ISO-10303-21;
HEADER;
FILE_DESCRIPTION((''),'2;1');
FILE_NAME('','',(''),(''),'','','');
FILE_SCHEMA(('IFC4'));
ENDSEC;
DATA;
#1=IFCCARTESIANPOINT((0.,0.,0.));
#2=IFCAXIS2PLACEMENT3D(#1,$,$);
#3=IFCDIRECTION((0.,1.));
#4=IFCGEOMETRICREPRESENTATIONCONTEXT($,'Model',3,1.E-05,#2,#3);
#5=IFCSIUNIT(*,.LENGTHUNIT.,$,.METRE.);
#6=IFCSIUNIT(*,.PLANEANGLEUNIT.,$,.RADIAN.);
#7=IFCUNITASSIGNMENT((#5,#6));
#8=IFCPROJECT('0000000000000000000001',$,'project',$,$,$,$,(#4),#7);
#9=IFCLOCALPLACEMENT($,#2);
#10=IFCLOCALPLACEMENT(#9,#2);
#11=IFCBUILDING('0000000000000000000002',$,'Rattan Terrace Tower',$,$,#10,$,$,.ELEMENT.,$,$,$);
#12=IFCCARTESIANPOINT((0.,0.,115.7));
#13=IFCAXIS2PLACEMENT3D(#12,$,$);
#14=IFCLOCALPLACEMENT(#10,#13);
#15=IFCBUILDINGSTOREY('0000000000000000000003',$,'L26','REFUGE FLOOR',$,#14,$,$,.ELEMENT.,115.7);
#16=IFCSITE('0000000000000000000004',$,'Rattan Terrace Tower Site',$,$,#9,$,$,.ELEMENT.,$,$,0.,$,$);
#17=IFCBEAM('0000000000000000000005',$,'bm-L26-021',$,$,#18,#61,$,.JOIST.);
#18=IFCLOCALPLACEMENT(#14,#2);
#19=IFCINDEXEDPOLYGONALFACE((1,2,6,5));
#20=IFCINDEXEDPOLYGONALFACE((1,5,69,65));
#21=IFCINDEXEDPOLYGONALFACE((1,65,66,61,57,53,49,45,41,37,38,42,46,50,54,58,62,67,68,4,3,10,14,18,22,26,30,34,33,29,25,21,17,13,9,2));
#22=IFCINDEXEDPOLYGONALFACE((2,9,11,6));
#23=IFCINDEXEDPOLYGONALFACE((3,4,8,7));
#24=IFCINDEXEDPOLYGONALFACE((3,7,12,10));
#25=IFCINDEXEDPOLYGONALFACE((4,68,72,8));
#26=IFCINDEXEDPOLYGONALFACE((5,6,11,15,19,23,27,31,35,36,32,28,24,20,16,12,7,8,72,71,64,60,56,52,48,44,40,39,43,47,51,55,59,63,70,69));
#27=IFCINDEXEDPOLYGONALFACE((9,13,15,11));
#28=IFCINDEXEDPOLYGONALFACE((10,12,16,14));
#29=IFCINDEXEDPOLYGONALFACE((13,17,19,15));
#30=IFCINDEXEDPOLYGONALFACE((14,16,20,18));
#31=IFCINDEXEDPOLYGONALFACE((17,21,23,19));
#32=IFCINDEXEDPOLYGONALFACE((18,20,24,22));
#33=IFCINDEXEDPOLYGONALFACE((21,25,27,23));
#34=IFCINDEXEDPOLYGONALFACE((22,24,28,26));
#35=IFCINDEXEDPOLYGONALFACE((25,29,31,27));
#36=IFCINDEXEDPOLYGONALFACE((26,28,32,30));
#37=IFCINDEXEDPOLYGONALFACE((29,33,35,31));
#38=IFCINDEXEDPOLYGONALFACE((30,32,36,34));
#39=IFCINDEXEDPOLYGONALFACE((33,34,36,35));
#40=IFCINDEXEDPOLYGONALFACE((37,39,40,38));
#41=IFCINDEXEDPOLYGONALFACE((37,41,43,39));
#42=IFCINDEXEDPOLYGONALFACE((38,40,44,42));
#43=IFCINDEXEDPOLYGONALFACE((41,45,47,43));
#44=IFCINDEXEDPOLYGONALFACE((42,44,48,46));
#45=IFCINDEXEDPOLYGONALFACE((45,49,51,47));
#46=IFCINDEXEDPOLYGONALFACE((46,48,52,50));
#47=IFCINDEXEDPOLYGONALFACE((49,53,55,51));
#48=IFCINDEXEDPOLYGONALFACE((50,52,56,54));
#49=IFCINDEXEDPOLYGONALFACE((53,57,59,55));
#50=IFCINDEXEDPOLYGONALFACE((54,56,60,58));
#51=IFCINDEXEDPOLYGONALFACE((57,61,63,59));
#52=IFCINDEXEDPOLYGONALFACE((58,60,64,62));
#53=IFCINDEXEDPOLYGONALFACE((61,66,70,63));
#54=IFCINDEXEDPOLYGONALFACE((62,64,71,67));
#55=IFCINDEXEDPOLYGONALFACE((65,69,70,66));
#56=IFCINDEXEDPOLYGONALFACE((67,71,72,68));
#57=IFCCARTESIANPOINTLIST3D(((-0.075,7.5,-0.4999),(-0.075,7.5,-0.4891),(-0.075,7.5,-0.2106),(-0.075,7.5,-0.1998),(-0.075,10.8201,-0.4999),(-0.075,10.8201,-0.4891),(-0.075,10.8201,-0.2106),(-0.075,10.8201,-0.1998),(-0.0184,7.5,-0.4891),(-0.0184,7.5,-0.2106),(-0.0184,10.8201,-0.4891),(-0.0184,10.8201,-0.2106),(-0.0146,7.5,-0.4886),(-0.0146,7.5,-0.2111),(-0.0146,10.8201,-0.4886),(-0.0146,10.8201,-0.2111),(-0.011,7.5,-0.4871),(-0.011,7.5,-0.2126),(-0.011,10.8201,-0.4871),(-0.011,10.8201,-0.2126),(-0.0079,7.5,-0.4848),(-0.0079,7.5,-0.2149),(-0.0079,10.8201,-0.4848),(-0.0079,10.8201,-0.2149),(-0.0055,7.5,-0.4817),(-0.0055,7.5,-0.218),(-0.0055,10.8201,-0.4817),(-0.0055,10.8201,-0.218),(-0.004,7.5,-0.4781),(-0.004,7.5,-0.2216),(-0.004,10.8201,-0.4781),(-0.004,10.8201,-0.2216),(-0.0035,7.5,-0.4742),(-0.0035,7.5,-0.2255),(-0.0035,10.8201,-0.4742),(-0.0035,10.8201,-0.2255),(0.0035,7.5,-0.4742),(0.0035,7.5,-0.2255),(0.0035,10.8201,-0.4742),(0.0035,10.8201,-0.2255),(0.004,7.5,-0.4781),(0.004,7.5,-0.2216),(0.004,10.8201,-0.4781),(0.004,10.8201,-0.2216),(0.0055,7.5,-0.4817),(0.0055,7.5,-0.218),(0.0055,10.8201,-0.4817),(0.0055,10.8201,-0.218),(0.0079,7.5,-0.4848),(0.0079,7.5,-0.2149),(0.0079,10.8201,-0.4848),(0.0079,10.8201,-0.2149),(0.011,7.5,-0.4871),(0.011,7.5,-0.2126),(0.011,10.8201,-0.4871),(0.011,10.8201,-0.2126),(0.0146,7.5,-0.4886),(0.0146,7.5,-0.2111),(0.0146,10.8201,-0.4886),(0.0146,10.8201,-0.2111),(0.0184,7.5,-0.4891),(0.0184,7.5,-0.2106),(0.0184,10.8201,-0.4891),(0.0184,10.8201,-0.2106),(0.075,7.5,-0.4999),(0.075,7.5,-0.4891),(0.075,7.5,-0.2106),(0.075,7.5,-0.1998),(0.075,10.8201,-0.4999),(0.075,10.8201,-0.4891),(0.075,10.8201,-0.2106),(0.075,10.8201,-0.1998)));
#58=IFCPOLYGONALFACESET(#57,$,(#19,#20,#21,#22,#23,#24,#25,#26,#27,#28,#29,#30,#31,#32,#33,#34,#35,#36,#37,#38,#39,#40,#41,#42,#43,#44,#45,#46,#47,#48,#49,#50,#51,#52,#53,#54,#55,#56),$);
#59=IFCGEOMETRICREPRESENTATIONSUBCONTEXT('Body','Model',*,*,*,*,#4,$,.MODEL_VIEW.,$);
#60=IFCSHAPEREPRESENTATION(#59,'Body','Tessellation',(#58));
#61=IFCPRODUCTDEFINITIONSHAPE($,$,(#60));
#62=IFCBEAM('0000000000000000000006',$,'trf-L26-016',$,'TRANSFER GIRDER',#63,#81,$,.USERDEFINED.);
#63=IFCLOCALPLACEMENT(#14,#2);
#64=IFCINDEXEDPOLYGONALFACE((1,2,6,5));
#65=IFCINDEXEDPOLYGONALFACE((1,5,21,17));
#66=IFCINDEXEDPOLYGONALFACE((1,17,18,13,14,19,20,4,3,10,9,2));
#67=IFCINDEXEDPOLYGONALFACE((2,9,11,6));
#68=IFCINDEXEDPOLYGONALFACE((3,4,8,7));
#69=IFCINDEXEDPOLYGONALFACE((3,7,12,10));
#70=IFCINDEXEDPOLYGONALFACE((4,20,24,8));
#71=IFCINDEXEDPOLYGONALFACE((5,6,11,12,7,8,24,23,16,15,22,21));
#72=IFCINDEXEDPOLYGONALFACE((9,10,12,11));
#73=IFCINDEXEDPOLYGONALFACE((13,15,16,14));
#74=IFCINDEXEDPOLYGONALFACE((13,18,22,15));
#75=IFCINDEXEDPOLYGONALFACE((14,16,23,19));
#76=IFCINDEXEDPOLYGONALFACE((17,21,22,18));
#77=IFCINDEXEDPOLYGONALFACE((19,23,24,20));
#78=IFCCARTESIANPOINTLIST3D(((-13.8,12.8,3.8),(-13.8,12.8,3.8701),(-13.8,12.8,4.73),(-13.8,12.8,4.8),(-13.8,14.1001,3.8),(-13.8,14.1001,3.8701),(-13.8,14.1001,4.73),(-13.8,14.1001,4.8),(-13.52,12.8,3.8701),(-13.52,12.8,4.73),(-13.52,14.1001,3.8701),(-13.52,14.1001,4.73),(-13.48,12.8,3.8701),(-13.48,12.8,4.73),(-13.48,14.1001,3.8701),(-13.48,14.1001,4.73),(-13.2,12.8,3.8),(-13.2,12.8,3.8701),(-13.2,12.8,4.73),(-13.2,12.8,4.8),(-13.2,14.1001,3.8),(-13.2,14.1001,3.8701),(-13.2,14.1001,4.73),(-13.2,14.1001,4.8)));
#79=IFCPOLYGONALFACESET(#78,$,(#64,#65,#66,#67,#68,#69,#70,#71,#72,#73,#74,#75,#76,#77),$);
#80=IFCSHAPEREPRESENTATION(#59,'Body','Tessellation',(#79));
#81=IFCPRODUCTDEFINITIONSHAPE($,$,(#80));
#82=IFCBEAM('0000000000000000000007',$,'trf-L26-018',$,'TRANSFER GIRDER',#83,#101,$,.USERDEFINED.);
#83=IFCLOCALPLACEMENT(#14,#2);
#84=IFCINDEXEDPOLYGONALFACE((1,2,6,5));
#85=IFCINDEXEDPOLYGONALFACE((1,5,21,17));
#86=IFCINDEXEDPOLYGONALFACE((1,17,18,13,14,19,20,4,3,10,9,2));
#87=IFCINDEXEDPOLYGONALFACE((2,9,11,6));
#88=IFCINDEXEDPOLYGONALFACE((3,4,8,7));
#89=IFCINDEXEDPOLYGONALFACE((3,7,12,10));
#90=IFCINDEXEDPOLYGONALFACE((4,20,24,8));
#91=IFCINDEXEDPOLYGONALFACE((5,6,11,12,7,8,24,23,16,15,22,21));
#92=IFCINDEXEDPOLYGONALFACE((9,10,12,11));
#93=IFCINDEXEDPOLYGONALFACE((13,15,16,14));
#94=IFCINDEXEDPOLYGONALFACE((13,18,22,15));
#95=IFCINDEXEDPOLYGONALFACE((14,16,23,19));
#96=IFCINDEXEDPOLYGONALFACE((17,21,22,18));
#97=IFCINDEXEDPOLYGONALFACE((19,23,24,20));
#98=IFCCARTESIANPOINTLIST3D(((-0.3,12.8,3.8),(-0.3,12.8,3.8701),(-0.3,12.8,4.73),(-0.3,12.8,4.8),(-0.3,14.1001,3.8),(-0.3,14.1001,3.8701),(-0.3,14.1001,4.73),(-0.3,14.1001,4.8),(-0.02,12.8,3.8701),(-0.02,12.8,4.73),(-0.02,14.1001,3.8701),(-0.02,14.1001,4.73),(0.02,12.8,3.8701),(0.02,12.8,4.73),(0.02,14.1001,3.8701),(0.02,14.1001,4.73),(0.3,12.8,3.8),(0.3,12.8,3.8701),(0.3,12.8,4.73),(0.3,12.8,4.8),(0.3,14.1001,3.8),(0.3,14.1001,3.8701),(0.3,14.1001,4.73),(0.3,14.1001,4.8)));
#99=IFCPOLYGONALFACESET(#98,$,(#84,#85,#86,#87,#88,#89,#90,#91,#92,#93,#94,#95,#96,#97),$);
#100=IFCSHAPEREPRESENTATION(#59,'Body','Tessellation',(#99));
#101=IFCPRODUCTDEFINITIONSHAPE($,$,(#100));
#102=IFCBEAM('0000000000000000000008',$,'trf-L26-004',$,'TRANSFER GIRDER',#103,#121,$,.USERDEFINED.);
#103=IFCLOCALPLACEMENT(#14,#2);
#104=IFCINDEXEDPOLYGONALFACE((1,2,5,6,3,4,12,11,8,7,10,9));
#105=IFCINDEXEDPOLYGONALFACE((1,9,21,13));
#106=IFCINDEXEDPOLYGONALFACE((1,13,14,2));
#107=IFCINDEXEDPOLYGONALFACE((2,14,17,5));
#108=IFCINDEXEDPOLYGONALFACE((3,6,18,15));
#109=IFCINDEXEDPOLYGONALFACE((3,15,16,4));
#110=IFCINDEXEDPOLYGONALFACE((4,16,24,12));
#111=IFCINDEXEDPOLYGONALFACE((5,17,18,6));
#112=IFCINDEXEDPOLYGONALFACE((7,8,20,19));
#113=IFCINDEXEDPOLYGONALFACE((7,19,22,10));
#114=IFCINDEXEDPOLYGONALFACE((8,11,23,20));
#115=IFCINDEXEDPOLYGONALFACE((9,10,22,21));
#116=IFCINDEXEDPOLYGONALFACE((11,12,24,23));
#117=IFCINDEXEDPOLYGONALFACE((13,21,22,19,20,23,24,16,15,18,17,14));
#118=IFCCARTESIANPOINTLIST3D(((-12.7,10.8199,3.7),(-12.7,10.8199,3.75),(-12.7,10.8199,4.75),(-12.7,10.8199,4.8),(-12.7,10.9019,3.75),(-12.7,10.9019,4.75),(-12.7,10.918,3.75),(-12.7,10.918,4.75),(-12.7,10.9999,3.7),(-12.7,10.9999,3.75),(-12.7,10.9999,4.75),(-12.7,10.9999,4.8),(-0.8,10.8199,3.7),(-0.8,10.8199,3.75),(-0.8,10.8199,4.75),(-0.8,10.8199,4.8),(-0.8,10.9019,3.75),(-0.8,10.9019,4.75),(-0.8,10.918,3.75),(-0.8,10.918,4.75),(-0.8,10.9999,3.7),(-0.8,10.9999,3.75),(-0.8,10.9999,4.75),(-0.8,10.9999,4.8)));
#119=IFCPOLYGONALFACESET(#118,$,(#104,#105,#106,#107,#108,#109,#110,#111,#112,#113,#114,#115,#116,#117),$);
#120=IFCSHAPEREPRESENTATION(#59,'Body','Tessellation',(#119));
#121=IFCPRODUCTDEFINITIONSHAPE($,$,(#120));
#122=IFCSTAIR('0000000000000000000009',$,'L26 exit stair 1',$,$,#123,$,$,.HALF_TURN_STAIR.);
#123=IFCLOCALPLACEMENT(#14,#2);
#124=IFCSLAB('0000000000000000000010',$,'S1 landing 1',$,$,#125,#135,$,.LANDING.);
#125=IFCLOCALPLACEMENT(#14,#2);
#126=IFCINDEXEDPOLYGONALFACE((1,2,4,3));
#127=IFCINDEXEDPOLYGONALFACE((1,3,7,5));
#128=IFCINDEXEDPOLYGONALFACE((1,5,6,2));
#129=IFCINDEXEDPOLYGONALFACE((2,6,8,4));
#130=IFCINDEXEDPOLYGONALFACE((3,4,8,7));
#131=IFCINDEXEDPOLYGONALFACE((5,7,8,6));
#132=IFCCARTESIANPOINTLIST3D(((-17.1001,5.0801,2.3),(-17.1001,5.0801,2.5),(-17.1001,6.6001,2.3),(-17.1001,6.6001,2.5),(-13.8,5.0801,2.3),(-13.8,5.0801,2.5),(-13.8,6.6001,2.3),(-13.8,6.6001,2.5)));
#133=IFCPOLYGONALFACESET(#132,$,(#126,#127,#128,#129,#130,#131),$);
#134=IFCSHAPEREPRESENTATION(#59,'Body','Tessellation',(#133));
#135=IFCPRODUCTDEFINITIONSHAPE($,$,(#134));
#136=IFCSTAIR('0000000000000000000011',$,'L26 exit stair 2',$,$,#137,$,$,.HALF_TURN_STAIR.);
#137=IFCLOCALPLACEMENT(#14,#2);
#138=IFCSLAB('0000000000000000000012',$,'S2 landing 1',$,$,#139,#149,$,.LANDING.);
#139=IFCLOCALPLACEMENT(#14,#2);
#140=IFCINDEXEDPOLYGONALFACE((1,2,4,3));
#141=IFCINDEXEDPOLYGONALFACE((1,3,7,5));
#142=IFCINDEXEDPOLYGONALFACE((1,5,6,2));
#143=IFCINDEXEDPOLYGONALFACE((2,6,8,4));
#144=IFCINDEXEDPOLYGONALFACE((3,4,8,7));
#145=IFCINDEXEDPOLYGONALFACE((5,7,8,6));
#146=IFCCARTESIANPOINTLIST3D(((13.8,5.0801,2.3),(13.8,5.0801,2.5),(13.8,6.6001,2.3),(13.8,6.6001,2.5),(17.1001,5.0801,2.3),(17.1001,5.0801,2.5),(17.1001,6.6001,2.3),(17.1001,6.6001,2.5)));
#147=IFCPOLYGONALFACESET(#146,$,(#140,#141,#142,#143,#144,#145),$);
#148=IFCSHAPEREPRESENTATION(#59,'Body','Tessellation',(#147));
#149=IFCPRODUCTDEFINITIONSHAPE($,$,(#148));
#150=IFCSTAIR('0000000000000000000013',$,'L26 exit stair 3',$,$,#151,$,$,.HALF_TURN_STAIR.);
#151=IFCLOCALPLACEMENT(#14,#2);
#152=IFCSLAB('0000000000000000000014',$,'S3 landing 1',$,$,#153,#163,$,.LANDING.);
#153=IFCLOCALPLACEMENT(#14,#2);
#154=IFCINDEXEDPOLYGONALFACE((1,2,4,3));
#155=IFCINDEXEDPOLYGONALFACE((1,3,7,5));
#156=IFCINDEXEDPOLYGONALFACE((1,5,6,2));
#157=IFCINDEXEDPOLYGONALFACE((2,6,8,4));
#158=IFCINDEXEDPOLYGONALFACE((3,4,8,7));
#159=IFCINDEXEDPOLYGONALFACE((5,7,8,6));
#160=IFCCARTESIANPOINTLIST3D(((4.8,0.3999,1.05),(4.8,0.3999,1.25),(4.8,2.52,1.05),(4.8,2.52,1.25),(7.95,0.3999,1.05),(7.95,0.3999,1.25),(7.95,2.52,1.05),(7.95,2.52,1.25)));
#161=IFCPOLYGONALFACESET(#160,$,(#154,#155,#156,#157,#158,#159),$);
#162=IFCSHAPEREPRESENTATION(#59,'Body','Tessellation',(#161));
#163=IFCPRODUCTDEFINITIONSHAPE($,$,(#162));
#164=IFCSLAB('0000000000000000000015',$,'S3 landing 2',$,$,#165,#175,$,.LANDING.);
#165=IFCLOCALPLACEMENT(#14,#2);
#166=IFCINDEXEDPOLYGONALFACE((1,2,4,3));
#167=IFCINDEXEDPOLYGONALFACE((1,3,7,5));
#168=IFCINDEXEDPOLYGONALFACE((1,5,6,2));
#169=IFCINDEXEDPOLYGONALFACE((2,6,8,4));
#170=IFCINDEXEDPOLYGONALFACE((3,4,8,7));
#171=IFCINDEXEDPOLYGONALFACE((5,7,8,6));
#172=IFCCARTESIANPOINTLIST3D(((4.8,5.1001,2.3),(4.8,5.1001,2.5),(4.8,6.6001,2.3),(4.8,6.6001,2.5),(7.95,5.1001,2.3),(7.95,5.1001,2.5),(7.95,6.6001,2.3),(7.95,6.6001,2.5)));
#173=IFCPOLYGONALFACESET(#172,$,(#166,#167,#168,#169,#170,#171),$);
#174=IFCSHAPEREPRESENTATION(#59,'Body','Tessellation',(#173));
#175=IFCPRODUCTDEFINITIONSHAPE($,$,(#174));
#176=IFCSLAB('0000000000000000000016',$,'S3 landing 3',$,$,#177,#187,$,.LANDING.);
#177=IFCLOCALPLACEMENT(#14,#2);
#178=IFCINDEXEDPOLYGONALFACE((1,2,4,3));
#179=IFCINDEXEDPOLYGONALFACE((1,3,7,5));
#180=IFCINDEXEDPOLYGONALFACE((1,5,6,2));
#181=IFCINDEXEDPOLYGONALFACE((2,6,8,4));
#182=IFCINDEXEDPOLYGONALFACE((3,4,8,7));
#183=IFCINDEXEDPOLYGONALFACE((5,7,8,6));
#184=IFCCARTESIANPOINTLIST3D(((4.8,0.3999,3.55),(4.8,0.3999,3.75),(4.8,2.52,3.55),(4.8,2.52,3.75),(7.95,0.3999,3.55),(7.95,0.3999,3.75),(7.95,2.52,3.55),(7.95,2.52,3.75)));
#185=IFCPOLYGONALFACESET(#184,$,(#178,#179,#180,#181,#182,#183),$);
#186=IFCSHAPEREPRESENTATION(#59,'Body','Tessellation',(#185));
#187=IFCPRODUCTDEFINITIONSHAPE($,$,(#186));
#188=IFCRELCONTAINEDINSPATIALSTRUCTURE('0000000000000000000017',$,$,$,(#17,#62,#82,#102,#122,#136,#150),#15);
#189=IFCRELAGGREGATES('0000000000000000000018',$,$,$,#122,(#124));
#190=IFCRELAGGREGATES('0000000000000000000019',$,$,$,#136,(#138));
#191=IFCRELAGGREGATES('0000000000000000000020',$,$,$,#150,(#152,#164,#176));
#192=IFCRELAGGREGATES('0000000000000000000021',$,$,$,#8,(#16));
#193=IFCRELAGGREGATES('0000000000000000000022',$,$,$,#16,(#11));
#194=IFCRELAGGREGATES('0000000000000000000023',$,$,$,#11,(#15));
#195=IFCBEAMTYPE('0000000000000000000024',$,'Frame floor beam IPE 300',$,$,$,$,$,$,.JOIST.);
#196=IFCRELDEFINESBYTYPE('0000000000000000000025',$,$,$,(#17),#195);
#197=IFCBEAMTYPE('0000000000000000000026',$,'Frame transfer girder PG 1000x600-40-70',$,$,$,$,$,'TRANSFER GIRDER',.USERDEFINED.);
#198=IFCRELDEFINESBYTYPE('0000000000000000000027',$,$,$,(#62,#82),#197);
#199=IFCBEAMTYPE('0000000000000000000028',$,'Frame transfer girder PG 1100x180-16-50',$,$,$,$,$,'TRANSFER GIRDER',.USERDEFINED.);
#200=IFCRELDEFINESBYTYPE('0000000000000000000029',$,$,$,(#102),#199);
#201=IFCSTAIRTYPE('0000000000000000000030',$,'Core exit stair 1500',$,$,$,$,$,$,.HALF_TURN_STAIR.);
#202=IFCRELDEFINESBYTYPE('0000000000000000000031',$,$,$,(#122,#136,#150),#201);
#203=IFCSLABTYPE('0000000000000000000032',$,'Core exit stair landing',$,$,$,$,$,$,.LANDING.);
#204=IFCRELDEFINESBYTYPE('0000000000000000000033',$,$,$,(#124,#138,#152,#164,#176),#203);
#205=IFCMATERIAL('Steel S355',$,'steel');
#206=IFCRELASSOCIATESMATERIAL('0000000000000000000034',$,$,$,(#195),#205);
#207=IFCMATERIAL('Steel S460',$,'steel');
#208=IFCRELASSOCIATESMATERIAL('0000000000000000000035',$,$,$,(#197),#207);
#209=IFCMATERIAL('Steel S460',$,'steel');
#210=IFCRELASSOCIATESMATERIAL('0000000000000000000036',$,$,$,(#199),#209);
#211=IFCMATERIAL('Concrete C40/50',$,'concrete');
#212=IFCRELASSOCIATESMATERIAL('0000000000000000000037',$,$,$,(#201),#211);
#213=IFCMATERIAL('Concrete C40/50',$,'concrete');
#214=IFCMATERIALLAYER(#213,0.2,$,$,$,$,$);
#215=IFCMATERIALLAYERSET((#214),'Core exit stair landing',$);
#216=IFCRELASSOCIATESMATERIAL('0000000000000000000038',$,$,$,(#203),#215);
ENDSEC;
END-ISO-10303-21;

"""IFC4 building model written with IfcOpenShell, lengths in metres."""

from ifc_helpers import new_model, si_unit, direction, frame, origin, origin_2d, place, context, subcontext, project, spatial, polyline, i_section, outline, extrude, material, layer, layer_set, material_profile, profile_set, type_object, element, aggregate, save


model = new_model("IFC4")

# Units and contexts
model_context = context("Model", 3, precision=1e-05, world=origin(), true_north=direction((0.0, 1.0)))
body_context = subcontext(model_context, "Body", "Model", "MODEL_VIEW")
ifc_project = project(units=[si_unit("LENGTHUNIT", "METRE"), si_unit("PLANEANGLEUNIT", "RADIAN")], contexts=[model_context])

# Site, building, storey
site_placement = place(None, origin())
site = spatial("IfcSite", under=ifc_project, at=site_placement, Name="Rattan Terrace Tower Site", CompositionType="ELEMENT", RefElevation=0.0)
building_placement = place(site_placement, origin())
building = spatial("IfcBuilding", under=site, at=building_placement, Name="Rattan Terrace Tower", CompositionType="ELEMENT")
storey_placement = place(building_placement, frame((0.0, 0.0, 115.7)))
storey = spatial("IfcBuildingStorey", under=building, at=storey_placement, Name="L26", Description="REFUGE FLOOR", CompositionType="ELEMENT", Elevation=115.7)

# Beams
ifc_material_1 = material(Name="Steel S355", Category="steel")
ifc_material_profile_1 = material_profile(ifc_material_1, i_section(OverallWidth=0.1499, OverallDepth=0.3, WebThickness=0.0071, FlangeThickness=0.0107, FilletRadius=0.0149, at=origin_2d()), Name="IPE 300")
ifc_profile_set_1 = profile_set([ifc_material_profile_1], Name="Steel S355")
beam_type_1 = type_object("IfcBeamType", Name="Frame floor beam IPE 300", PredefinedType="JOIST", material=ifc_profile_set_1)
for number, where, z_axis, x_axis, name in (
    (1, (0.0, 7.5, -0.3499), (0.0, 1.0, 0.0), (-1.0, 0.0, 0.0), "bm-L26-021"),
):
    element("IfcBeam", number, at=place(storey_placement, frame(where, z_axis=z_axis, x_axis=x_axis)), inside=storey, type_object=beam_type_1, Name=name, PredefinedType="JOIST", context=body_context, shape_type="SweptSolid", body=[
        extrude(i_section(OverallWidth=0.1499, OverallDepth=0.3, WebThickness=0.0071, FlangeThickness=0.0107, FilletRadius=0.0149, at=origin_2d()), origin(), (0.0, 0.0, 1.0), 3.3201),
    ])
ifc_material_2 = material(Name="Steel S460", Category="steel")
ifc_material_profile_2 = material_profile(ifc_material_2, i_section(OverallWidth=0.6001, OverallDepth=1.0, WebThickness=0.04, FlangeThickness=0.0701, at=origin_2d()), Name="PG 1000x600-40-70")
ifc_profile_set_2 = profile_set([ifc_material_profile_2], Name="Steel S460")
beam_type_2 = type_object("IfcBeamType", Name="Frame transfer girder PG 1000x600-40-70", ElementType="TRANSFER GIRDER", PredefinedType="USERDEFINED", material=ifc_profile_set_2)
for number, where, z_axis, x_axis, name in (
    (2, (-13.5, 12.8, 4.3), (0.0, 1.0, 0.0), (-1.0, 0.0, 0.0), "trf-L26-016"),
    (3, (0.0, 12.8, 4.3), (0.0, 1.0, 0.0), (-1.0, 0.0, 0.0), "trf-L26-018"),
):
    element("IfcBeam", number, at=place(storey_placement, frame(where, z_axis=z_axis, x_axis=x_axis)), inside=storey, type_object=beam_type_2, Name=name, ObjectType="TRANSFER GIRDER", PredefinedType="USERDEFINED", context=body_context, shape_type="SweptSolid", body=[
        extrude(i_section(OverallWidth=0.6001, OverallDepth=1.0, WebThickness=0.04, FlangeThickness=0.0701, at=origin_2d()), origin(), (0.0, 0.0, 1.0), 1.3),
    ])
ifc_material_3 = material(Name="Steel S460", Category="steel")
ifc_material_profile_3 = material_profile(ifc_material_3, i_section(OverallWidth=0.1799, OverallDepth=1.1001, WebThickness=0.0161, FlangeThickness=0.05, at=origin_2d()), Name="PG 1100x180-16-50")
ifc_profile_set_3 = profile_set([ifc_material_profile_3], Name="Steel S460")
beam_type_3 = type_object("IfcBeamType", Name="Frame transfer girder PG 1100x180-16-50", ElementType="TRANSFER GIRDER", PredefinedType="USERDEFINED", material=ifc_profile_set_3)
beam_placement = place(storey_placement, frame((-0.8, 10.9099, 4.25), z_axis=(-1.0, 0.0, 0.0), x_axis=(0.0, -1.0, 0.0)))
element("IfcBeam", 4, at=beam_placement, inside=storey, type_object=beam_type_3, Name="trf-L26-004", ObjectType="TRANSFER GIRDER", PredefinedType="USERDEFINED", context=body_context, shape_type="SweptSolid", body=[
    extrude(i_section(OverallWidth=0.1799, OverallDepth=1.1001, WebThickness=0.0161, FlangeThickness=0.05, at=origin_2d()), origin(), (0.0, 0.0, 1.0), 11.8999),
])

# Stairs, slabs
ifc_material_4 = material(Name="Concrete C40/50", Category="concrete")
stair_type = type_object("IfcStairType", Name="Core exit stair 1500", PredefinedType="HALF_TURN_STAIR", material=ifc_material_4)
stair_1_placement = place(storey_placement, origin())
stair_1 = element("IfcStair", 5, at=stair_1_placement, inside=storey, type_object=stair_type, Name="L26 exit stair 1", PredefinedType="HALF_TURN_STAIR")
ifc_material_5 = material(Name="Concrete C40/50", Category="concrete")
ifc_layer_1 = layer(ifc_material_5, 0.2)
ifc_layer_set_1 = layer_set([ifc_layer_1], Name="Core exit stair landing")
slab_type_1 = type_object("IfcSlabType", Name="Core exit stair landing", PredefinedType="LANDING", material=ifc_layer_set_1)
slab_1_placement = place(storey_placement, frame((0.0, 0.0, 2.3)))
slab_1 = element("IfcSlab", 6, at=slab_1_placement, type_object=slab_type_1, Name="S1 landing 1", PredefinedType="LANDING", context=body_context, shape_type="SweptSolid", body=[
    extrude(outline(polyline([(-13.8, 5.0801), (-13.8, 6.6001), (-17.1001, 6.6001), (-17.1001, 5.0801), (-13.8, 5.0801)])), origin(), (0.0, 0.0, 1.0), 0.2),
])
aggregate(stair_1, [slab_1])
stair_2_placement = place(storey_placement, origin())
stair_2 = element("IfcStair", 7, at=stair_2_placement, inside=storey, type_object=stair_type, Name="L26 exit stair 2", PredefinedType="HALF_TURN_STAIR")
slab_2_placement = place(storey_placement, frame((0.0, 0.0, 2.3)))
slab_2 = element("IfcSlab", 8, at=slab_2_placement, type_object=slab_type_1, Name="S2 landing 1", PredefinedType="LANDING", context=body_context, shape_type="SweptSolid", body=[
    extrude(outline(polyline([(17.1001, 5.0801), (17.1001, 6.6001), (13.8, 6.6001), (13.8, 5.0801), (17.1001, 5.0801)])), origin(), (0.0, 0.0, 1.0), 0.2),
])
aggregate(stair_2, [slab_2])

# Stair, slabs
stair_3_placement = place(storey_placement, origin())
stair_3 = element("IfcStair", 9, at=stair_3_placement, inside=storey, type_object=stair_type, Name="L26 exit stair 3", PredefinedType="HALF_TURN_STAIR")
slab_3_placement = place(storey_placement, frame((0.0, 0.0, 1.05)))
slab_3 = element("IfcSlab", 10, at=slab_3_placement, type_object=slab_type_1, Name="S3 landing 1", PredefinedType="LANDING", context=body_context, shape_type="SweptSolid", body=[
    extrude(outline(polyline([(4.8, 2.52), (4.8, 0.3999), (7.95, 0.3999), (7.95, 2.52), (4.8, 2.52)])), origin(), (0.0, 0.0, 1.0), 0.2),
])
slab_4_placement = place(storey_placement, frame((0.0, 0.0, 2.3)))
slab_4 = element("IfcSlab", 11, at=slab_4_placement, type_object=slab_type_1, Name="S3 landing 2", PredefinedType="LANDING", context=body_context, shape_type="SweptSolid", body=[
    extrude(outline(polyline([(4.8, 6.6001), (4.8, 5.1001), (7.95, 5.1001), (7.95, 6.6001), (4.8, 6.6001)])), origin(), (0.0, 0.0, 1.0), 0.2),
])
slab_5_placement = place(storey_placement, frame((0.0, 0.0, 3.55)))
slab_5 = element("IfcSlab", 12, at=slab_5_placement, type_object=slab_type_1, Name="S3 landing 3", PredefinedType="LANDING", context=body_context, shape_type="SweptSolid", body=[
    extrude(outline(polyline([(4.8, 2.52), (4.8, 0.3999), (7.95, 0.3999), (7.95, 2.52), (4.8, 2.52)])), origin(), (0.0, 0.0, 1.0), 0.2),
])
aggregate(stair_3, [slab_3, slab_4, slab_5])

save(model, "model.ifc")
